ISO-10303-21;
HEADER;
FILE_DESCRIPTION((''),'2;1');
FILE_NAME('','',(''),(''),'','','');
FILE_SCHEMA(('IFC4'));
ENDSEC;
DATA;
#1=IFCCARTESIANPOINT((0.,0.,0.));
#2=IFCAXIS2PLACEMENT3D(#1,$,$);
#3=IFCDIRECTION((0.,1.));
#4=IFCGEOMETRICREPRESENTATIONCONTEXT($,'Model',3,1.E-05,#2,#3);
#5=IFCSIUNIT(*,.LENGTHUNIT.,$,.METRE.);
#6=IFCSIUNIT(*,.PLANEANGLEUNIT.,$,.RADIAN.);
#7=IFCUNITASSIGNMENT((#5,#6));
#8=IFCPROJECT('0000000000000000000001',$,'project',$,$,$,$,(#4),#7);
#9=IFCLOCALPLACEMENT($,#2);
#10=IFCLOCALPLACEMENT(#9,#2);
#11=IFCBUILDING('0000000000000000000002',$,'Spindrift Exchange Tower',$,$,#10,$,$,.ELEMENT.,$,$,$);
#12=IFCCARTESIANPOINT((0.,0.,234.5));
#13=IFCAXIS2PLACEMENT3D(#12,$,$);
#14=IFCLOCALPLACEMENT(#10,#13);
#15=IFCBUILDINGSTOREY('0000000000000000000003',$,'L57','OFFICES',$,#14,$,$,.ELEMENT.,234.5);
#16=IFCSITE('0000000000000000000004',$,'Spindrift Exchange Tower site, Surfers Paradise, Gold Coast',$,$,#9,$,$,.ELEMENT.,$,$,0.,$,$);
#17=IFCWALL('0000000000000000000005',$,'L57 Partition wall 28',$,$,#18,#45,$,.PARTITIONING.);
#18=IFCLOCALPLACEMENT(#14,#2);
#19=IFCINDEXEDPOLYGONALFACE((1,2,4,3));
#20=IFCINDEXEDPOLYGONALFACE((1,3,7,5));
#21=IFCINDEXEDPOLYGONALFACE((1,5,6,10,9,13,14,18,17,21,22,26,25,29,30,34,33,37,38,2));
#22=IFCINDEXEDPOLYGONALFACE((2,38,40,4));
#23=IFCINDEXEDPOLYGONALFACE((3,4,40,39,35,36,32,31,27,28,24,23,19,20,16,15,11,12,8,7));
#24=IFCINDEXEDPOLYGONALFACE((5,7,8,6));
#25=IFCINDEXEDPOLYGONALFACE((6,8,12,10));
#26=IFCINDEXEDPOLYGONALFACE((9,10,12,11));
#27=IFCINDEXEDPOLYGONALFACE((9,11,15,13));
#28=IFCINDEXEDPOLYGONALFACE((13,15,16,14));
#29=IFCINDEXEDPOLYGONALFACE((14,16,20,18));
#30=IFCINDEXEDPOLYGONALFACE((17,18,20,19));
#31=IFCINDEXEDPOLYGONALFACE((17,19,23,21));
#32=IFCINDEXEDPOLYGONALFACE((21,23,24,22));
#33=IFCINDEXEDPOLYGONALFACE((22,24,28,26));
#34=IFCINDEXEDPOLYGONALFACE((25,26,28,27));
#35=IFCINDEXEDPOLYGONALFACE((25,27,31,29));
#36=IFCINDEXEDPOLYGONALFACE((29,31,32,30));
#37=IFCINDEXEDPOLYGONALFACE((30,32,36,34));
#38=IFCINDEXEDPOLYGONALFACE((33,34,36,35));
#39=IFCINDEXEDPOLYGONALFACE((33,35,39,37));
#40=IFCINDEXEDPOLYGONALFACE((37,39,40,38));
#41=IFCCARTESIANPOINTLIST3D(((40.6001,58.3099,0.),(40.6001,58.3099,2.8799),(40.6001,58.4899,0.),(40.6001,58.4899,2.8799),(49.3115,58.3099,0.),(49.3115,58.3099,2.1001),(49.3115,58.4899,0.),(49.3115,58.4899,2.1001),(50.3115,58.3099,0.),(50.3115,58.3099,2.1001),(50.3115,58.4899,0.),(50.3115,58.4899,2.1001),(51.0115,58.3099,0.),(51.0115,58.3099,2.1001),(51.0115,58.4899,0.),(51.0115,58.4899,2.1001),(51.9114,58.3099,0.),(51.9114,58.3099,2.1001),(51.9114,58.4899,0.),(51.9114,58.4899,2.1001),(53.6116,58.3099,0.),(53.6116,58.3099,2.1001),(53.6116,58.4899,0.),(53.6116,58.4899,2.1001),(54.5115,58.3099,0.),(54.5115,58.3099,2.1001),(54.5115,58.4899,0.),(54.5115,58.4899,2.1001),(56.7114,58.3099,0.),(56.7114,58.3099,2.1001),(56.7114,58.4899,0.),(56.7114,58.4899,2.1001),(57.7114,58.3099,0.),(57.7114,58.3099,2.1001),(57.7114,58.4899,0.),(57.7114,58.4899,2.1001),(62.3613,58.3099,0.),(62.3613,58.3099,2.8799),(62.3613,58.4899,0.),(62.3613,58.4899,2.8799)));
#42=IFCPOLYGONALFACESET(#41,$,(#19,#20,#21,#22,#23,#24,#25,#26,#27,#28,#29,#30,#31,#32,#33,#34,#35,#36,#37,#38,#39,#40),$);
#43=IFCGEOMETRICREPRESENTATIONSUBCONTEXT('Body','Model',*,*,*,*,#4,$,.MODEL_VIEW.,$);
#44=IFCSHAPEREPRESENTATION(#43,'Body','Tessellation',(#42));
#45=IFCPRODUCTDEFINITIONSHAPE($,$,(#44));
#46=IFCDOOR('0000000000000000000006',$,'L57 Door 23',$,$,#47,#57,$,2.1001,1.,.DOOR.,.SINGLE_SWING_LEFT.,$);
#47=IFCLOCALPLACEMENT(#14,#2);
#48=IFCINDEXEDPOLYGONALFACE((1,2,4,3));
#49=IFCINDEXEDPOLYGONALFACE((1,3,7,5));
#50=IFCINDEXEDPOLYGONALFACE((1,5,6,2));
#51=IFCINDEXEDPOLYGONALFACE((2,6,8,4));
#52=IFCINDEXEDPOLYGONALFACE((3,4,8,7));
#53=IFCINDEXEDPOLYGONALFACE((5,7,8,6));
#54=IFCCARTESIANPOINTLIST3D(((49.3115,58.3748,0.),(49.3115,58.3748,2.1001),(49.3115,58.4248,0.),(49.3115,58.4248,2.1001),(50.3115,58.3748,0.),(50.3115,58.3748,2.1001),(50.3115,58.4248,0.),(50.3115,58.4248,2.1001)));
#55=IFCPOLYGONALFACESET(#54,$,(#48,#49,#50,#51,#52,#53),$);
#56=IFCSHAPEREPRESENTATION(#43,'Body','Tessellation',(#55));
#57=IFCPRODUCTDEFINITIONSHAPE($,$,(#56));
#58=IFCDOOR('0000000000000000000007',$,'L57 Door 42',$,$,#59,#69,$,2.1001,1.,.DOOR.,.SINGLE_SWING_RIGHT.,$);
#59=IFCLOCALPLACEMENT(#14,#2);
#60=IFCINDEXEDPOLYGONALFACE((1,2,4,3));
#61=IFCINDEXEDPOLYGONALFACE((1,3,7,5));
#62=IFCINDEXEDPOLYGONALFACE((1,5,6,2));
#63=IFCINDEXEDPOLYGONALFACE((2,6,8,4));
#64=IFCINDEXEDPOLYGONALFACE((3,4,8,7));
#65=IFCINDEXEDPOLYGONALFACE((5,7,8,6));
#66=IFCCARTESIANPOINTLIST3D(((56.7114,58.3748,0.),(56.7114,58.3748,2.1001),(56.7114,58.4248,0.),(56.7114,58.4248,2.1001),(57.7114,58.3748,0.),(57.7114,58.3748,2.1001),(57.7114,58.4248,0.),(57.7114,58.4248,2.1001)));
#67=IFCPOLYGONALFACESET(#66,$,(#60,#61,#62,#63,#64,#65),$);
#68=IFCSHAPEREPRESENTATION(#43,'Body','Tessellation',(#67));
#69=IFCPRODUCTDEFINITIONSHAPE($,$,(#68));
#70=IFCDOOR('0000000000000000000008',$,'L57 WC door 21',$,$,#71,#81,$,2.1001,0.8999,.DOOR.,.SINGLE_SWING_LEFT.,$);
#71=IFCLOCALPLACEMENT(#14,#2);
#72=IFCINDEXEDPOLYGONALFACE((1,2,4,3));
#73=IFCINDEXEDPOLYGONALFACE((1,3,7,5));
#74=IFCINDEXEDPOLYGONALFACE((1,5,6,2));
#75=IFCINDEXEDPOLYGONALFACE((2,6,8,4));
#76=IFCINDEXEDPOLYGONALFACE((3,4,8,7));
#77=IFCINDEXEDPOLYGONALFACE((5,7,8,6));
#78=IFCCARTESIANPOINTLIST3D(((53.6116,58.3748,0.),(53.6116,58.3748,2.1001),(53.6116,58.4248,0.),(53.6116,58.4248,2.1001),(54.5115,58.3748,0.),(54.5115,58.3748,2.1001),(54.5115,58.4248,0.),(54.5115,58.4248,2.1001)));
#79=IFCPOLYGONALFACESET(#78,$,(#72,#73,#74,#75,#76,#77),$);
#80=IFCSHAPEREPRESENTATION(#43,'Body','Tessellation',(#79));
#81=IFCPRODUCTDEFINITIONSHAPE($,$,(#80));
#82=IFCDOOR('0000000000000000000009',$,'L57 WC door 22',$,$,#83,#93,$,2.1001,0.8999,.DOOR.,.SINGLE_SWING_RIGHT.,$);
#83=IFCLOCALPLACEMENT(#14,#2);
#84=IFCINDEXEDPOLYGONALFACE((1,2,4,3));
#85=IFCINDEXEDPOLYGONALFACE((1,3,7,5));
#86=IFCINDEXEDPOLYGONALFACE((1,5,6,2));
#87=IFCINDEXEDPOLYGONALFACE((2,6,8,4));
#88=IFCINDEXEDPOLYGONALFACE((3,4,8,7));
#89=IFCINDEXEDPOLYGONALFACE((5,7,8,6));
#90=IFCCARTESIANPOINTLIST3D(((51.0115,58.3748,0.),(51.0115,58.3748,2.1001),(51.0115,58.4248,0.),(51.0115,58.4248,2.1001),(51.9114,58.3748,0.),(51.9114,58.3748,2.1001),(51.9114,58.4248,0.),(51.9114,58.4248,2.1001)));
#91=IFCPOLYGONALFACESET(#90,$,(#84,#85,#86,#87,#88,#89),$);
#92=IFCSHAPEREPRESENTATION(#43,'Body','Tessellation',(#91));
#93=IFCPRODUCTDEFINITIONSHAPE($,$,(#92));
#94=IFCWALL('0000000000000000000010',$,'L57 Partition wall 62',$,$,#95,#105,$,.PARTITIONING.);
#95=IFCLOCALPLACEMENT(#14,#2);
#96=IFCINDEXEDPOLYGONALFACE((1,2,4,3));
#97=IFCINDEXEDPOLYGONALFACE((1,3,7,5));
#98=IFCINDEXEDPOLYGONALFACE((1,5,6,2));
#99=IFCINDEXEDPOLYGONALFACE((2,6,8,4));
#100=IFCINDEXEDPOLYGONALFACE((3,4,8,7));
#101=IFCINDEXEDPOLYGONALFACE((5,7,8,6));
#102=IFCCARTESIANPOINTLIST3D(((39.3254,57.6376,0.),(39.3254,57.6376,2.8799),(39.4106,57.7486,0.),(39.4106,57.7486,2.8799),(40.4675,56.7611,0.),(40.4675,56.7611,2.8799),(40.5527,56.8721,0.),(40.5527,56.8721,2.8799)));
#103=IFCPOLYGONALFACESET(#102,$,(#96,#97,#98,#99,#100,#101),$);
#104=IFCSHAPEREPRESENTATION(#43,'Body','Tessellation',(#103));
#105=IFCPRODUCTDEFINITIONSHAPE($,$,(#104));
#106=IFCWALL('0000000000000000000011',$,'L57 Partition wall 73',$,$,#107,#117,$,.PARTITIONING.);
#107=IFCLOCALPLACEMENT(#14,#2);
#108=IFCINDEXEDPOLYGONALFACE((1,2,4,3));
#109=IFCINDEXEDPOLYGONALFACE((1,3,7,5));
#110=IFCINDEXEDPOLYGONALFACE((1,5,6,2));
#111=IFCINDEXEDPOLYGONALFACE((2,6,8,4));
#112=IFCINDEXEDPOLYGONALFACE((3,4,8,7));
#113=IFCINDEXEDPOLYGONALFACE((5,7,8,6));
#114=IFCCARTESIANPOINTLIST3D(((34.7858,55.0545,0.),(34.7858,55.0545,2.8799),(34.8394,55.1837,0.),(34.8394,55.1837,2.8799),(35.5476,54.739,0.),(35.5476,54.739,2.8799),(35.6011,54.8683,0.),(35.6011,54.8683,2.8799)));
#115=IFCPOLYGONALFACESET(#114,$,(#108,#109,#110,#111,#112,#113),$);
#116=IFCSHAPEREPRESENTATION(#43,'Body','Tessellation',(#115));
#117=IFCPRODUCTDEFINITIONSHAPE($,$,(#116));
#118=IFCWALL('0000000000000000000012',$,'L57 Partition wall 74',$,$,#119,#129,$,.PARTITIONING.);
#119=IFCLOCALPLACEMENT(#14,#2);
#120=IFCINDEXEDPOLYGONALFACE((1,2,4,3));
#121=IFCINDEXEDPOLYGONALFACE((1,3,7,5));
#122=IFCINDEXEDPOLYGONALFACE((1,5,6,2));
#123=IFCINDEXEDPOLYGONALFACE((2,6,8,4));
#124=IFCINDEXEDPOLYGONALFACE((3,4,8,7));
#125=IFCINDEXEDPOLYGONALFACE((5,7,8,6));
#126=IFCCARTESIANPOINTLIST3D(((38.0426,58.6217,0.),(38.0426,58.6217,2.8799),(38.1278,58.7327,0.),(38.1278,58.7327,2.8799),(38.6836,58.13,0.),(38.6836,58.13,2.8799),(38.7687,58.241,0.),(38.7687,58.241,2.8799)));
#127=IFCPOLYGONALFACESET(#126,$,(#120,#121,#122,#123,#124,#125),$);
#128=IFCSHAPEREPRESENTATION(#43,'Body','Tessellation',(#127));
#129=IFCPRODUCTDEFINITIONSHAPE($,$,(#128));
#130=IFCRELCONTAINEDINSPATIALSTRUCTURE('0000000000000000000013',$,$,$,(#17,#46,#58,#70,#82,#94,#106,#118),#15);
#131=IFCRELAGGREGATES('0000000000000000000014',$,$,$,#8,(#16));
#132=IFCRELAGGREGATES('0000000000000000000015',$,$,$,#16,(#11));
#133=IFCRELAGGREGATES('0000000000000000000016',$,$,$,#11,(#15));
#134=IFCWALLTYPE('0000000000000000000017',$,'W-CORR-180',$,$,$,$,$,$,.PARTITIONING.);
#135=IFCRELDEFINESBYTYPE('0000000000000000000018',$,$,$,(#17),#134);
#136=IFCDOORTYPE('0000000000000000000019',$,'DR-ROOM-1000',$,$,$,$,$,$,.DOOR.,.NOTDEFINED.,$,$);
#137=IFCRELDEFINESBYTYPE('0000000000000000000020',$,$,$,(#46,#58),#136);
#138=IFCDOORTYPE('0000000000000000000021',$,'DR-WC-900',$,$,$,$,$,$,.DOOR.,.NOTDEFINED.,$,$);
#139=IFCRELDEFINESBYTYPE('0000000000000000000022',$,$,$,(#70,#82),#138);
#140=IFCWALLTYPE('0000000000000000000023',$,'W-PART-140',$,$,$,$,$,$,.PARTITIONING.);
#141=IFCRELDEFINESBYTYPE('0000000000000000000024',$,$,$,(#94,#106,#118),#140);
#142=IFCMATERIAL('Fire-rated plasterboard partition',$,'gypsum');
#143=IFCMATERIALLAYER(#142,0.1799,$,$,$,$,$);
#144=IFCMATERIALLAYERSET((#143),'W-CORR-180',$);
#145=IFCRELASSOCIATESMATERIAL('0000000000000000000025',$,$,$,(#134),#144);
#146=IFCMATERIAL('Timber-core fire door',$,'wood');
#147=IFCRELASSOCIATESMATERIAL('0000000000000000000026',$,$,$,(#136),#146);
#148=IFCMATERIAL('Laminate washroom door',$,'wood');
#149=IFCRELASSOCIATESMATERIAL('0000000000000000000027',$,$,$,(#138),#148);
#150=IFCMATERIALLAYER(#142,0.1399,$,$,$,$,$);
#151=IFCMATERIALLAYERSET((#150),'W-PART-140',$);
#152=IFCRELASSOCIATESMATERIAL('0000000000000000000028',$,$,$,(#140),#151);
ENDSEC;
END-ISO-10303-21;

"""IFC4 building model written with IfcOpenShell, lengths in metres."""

from ifc_helpers import new_model, si_unit, direction, frame, frame_2d, origin, place, context, subcontext, project, spatial, rectangle, extrude, source, transform, mapped, material, layer, layer_set, type_object, element, fill, save


model = new_model("IFC4")

# Units and contexts
model_context = context("Model", 3, precision=1e-05, world=origin(), true_north=direction((0.0, 1.0)))
body_context = subcontext(model_context, "Body", "Model", "MODEL_VIEW")
ifc_project = project(units=[si_unit("LENGTHUNIT", "METRE"), si_unit("PLANEANGLEUNIT", "RADIAN")], contexts=[model_context])

# Site, building, storey
site_placement = place(None, origin())
site = spatial("IfcSite", under=ifc_project, at=site_placement, Name="Spindrift Exchange Tower site, Surfers Paradise, Gold Coast", CompositionType="ELEMENT", RefElevation=0.0)
building_placement = place(site_placement, origin())
building = spatial("IfcBuilding", under=site, at=building_placement, Name="Spindrift Exchange Tower", CompositionType="ELEMENT")
storey_placement = place(building_placement, frame((0.0, 0.0, 234.5)))
storey = spatial("IfcBuildingStorey", under=building, at=storey_placement, Name="L57", Description="OFFICES", CompositionType="ELEMENT", Elevation=234.5)

# Wall, openings, doors
ifc_material_1 = material(Name="Fire-rated plasterboard partition", Category="gypsum")
ifc_layer_1 = layer(ifc_material_1, 0.1799)
ifc_layer_set_1 = layer_set([ifc_layer_1], Name="W-CORR-180")
wall_type_1 = type_object("IfcWallType", Name="W-CORR-180", PredefinedType="PARTITIONING", material=ifc_layer_set_1)
wall_1_placement = place(storey_placement, frame((40.6001, 58.3999, 0.0), z_axis=(0.0, 0.0, 1.0), x_axis=(1.0, 0.0, 0.0)))
wall_1 = element("IfcWall", 1, at=wall_1_placement, inside=storey, type_object=wall_type_1, Name="L57 Partition wall 28", PredefinedType="PARTITIONING", context=body_context, shape_type="SweptSolid", body=[
    extrude(rectangle(XDim=21.7612, YDim=0.1799, at=frame_2d((10.8806, 0.0))), origin(), (0.0, 0.0, 1.0), 2.8799),
])
opening_1_placement = place(wall_1_placement, frame((13.0115, 0.0, 0.0)))
opening_1 = element("IfcOpeningElement", 2, at=opening_1_placement, cuts=wall_1, PredefinedType="OPENING", context=body_context, shape_type="SweptSolid", body=[
    extrude(rectangle(XDim=0.8999, YDim=2.1001, at=frame_2d((0.45, 1.05))), frame((0.0, 0.0999, 0.0), z_axis=(0.0, -1.0, 0.0), x_axis=(1.0, 0.0, 0.0)), (0.0, 0.0, 1.0), 0.2),
])
opening_2_placement = place(wall_1_placement, frame((10.4114, 0.0, 0.0)))
opening_2 = element("IfcOpeningElement", 3, at=opening_2_placement, cuts=wall_1, PredefinedType="OPENING", context=body_context, shape_type="SweptSolid", body=[
    extrude(rectangle(XDim=0.8999, YDim=2.1001, at=frame_2d((0.45, 1.05))), frame((0.0, 0.0999, 0.0), z_axis=(0.0, -1.0, 0.0), x_axis=(1.0, 0.0, 0.0)), (0.0, 0.0, 1.0), 0.2),
])
opening_3_placement = place(wall_1_placement, frame((8.7114, 0.0, 0.0)))
opening_3 = element("IfcOpeningElement", 4, at=opening_3_placement, cuts=wall_1, PredefinedType="OPENING", context=body_context, shape_type="SweptSolid", body=[
    extrude(rectangle(XDim=1.0, YDim=2.1001, at=frame_2d((0.5, 1.05))), frame((0.0, 0.0999, 0.0), z_axis=(0.0, -1.0, 0.0), x_axis=(1.0, 0.0, 0.0)), (0.0, 0.0, 1.0), 0.2),
])
opening_4_placement = place(wall_1_placement, frame((16.1113, 0.0, 0.0)))
opening_4 = element("IfcOpeningElement", 5, at=opening_4_placement, cuts=wall_1, PredefinedType="OPENING", context=body_context, shape_type="SweptSolid", body=[
    extrude(rectangle(XDim=1.0, YDim=2.1001, at=frame_2d((0.5, 1.05))), frame((0.0, 0.0999, 0.0), z_axis=(0.0, -1.0, 0.0), x_axis=(1.0, 0.0, 0.0)), (0.0, 0.0, 1.0), 0.2),
])
ifc_material_2 = material(Name="Timber-core fire door", Category="wood")
door_type_1 = type_object("IfcDoorType", Name="DR-ROOM-1000", OperationType="NOTDEFINED", PredefinedType="DOOR", material=ifc_material_2)
shared_shape_1 = source(origin(), body_context, "Body", "SweptSolid", [
    extrude(rectangle(XDim=1.0, YDim=2.1001, at=frame_2d((0.5, 1.05))), frame((0.0, 0.0249, 0.0), z_axis=(0.0, -1.0, 0.0), x_axis=(1.0, 0.0, 0.0)), (0.0, 0.0, 1.0), 0.05),
])
door_1_placement = place(opening_3_placement, origin())
door_1 = element("IfcDoor", 6, at=door_1_placement, inside=storey, type_object=door_type_1, Name="L57 Door 23", OperationType="SINGLE_SWING_LEFT", OverallHeight=2.1001, OverallWidth=1.0, PredefinedType="DOOR", context=body_context, shape_type="MappedRepresentation", body=[
    mapped(shared_shape_1, transform((0.0, 0.0, 0.0), scale=1.0)),
])
fill(opening_3, door_1)
door_2_placement = place(opening_4_placement, origin())
door_2 = element("IfcDoor", 7, at=door_2_placement, inside=storey, type_object=door_type_1, Name="L57 Door 42", OperationType="SINGLE_SWING_RIGHT", OverallHeight=2.1001, OverallWidth=1.0, PredefinedType="DOOR", context=body_context, shape_type="MappedRepresentation", body=[
    mapped(shared_shape_1, transform((0.0, 0.0, 0.0), scale=1.0)),
])
fill(opening_4, door_2)
ifc_material_3 = material(Name="Laminate washroom door", Category="wood")
door_type_2 = type_object("IfcDoorType", Name="DR-WC-900", OperationType="NOTDEFINED", PredefinedType="DOOR", material=ifc_material_3)
shared_shape_2 = source(origin(), body_context, "Body", "SweptSolid", [
    extrude(rectangle(XDim=0.8999, YDim=2.1001, at=frame_2d((0.45, 1.05))), frame((0.0, 0.0249, 0.0), z_axis=(0.0, -1.0, 0.0), x_axis=(1.0, 0.0, 0.0)), (0.0, 0.0, 1.0), 0.05),
])
door_3_placement = place(opening_1_placement, origin())
door_3 = element("IfcDoor", 8, at=door_3_placement, inside=storey, type_object=door_type_2, Name="L57 WC door 21", OperationType="SINGLE_SWING_LEFT", OverallHeight=2.1001, OverallWidth=0.8999, PredefinedType="DOOR", context=body_context, shape_type="MappedRepresentation", body=[
    mapped(shared_shape_2, transform((0.0, 0.0, 0.0), scale=1.0)),
])
fill(opening_1, door_3)
door_4_placement = place(opening_2_placement, origin())
door_4 = element("IfcDoor", 9, at=door_4_placement, inside=storey, type_object=door_type_2, Name="L57 WC door 22", OperationType="SINGLE_SWING_RIGHT", OverallHeight=2.1001, OverallWidth=0.8999, PredefinedType="DOOR", context=body_context, shape_type="MappedRepresentation", body=[
    mapped(shared_shape_2, transform((0.0, 0.0, 0.0), scale=1.0)),
])
fill(opening_2, door_4)

# Walls
ifc_layer_2 = layer(ifc_material_1, 0.1399)
ifc_layer_set_2 = layer_set([ifc_layer_2], Name="W-PART-140")
wall_type_2 = type_object("IfcWallType", Name="W-PART-140", PredefinedType="PARTITIONING", material=ifc_layer_set_2)
wall_2_placement = place(storey_placement, frame((40.51, 56.8167, 0.0), z_axis=(0.0, 0.0, 1.0), x_axis=(-0.793317, 0.608809, 0.0)))
element("IfcWall", 10, at=wall_2_placement, inside=storey, type_object=wall_type_2, Name="L57 Partition wall 62", PredefinedType="PARTITIONING", context=body_context, shape_type="SweptSolid", body=[
    extrude(rectangle(XDim=1.4397, YDim=0.1399, at=frame_2d((0.7197, 0.0))), origin(), (0.0, 0.0, 1.0), 2.8799),
])
wall_3_placement = place(storey_placement, frame((35.5742, 54.8037, 0.0), z_axis=(0.0, 0.0, 1.0), x_axis=(-0.923916, 0.382596, 0.0)))
element("IfcWall", 11, at=wall_3_placement, inside=storey, type_object=wall_type_2, Name="L57 Partition wall 73", PredefinedType="PARTITIONING", context=body_context, shape_type="SweptSolid", body=[
    extrude(rectangle(XDim=0.8245, YDim=0.1399, at=frame_2d((0.4121, 0.0))), origin(), (0.0, 0.0, 1.0), 2.8799),
])
wall_4_placement = place(storey_placement, frame((38.7261, 58.1855, 0.0), z_axis=(0.0, 0.0, 1.0), x_axis=(-0.793387, 0.608717, 0.0)))
element("IfcWall", 12, at=wall_4_placement, inside=storey, type_object=wall_type_2, Name="L57 Partition wall 74", PredefinedType="PARTITIONING", context=body_context, shape_type="SweptSolid", body=[
    extrude(rectangle(XDim=0.8079, YDim=0.1399, at=frame_2d((0.4038, 0.0))), origin(), (0.0, 0.0, 1.0), 2.8799),
])

save(model, "model.ifc")
